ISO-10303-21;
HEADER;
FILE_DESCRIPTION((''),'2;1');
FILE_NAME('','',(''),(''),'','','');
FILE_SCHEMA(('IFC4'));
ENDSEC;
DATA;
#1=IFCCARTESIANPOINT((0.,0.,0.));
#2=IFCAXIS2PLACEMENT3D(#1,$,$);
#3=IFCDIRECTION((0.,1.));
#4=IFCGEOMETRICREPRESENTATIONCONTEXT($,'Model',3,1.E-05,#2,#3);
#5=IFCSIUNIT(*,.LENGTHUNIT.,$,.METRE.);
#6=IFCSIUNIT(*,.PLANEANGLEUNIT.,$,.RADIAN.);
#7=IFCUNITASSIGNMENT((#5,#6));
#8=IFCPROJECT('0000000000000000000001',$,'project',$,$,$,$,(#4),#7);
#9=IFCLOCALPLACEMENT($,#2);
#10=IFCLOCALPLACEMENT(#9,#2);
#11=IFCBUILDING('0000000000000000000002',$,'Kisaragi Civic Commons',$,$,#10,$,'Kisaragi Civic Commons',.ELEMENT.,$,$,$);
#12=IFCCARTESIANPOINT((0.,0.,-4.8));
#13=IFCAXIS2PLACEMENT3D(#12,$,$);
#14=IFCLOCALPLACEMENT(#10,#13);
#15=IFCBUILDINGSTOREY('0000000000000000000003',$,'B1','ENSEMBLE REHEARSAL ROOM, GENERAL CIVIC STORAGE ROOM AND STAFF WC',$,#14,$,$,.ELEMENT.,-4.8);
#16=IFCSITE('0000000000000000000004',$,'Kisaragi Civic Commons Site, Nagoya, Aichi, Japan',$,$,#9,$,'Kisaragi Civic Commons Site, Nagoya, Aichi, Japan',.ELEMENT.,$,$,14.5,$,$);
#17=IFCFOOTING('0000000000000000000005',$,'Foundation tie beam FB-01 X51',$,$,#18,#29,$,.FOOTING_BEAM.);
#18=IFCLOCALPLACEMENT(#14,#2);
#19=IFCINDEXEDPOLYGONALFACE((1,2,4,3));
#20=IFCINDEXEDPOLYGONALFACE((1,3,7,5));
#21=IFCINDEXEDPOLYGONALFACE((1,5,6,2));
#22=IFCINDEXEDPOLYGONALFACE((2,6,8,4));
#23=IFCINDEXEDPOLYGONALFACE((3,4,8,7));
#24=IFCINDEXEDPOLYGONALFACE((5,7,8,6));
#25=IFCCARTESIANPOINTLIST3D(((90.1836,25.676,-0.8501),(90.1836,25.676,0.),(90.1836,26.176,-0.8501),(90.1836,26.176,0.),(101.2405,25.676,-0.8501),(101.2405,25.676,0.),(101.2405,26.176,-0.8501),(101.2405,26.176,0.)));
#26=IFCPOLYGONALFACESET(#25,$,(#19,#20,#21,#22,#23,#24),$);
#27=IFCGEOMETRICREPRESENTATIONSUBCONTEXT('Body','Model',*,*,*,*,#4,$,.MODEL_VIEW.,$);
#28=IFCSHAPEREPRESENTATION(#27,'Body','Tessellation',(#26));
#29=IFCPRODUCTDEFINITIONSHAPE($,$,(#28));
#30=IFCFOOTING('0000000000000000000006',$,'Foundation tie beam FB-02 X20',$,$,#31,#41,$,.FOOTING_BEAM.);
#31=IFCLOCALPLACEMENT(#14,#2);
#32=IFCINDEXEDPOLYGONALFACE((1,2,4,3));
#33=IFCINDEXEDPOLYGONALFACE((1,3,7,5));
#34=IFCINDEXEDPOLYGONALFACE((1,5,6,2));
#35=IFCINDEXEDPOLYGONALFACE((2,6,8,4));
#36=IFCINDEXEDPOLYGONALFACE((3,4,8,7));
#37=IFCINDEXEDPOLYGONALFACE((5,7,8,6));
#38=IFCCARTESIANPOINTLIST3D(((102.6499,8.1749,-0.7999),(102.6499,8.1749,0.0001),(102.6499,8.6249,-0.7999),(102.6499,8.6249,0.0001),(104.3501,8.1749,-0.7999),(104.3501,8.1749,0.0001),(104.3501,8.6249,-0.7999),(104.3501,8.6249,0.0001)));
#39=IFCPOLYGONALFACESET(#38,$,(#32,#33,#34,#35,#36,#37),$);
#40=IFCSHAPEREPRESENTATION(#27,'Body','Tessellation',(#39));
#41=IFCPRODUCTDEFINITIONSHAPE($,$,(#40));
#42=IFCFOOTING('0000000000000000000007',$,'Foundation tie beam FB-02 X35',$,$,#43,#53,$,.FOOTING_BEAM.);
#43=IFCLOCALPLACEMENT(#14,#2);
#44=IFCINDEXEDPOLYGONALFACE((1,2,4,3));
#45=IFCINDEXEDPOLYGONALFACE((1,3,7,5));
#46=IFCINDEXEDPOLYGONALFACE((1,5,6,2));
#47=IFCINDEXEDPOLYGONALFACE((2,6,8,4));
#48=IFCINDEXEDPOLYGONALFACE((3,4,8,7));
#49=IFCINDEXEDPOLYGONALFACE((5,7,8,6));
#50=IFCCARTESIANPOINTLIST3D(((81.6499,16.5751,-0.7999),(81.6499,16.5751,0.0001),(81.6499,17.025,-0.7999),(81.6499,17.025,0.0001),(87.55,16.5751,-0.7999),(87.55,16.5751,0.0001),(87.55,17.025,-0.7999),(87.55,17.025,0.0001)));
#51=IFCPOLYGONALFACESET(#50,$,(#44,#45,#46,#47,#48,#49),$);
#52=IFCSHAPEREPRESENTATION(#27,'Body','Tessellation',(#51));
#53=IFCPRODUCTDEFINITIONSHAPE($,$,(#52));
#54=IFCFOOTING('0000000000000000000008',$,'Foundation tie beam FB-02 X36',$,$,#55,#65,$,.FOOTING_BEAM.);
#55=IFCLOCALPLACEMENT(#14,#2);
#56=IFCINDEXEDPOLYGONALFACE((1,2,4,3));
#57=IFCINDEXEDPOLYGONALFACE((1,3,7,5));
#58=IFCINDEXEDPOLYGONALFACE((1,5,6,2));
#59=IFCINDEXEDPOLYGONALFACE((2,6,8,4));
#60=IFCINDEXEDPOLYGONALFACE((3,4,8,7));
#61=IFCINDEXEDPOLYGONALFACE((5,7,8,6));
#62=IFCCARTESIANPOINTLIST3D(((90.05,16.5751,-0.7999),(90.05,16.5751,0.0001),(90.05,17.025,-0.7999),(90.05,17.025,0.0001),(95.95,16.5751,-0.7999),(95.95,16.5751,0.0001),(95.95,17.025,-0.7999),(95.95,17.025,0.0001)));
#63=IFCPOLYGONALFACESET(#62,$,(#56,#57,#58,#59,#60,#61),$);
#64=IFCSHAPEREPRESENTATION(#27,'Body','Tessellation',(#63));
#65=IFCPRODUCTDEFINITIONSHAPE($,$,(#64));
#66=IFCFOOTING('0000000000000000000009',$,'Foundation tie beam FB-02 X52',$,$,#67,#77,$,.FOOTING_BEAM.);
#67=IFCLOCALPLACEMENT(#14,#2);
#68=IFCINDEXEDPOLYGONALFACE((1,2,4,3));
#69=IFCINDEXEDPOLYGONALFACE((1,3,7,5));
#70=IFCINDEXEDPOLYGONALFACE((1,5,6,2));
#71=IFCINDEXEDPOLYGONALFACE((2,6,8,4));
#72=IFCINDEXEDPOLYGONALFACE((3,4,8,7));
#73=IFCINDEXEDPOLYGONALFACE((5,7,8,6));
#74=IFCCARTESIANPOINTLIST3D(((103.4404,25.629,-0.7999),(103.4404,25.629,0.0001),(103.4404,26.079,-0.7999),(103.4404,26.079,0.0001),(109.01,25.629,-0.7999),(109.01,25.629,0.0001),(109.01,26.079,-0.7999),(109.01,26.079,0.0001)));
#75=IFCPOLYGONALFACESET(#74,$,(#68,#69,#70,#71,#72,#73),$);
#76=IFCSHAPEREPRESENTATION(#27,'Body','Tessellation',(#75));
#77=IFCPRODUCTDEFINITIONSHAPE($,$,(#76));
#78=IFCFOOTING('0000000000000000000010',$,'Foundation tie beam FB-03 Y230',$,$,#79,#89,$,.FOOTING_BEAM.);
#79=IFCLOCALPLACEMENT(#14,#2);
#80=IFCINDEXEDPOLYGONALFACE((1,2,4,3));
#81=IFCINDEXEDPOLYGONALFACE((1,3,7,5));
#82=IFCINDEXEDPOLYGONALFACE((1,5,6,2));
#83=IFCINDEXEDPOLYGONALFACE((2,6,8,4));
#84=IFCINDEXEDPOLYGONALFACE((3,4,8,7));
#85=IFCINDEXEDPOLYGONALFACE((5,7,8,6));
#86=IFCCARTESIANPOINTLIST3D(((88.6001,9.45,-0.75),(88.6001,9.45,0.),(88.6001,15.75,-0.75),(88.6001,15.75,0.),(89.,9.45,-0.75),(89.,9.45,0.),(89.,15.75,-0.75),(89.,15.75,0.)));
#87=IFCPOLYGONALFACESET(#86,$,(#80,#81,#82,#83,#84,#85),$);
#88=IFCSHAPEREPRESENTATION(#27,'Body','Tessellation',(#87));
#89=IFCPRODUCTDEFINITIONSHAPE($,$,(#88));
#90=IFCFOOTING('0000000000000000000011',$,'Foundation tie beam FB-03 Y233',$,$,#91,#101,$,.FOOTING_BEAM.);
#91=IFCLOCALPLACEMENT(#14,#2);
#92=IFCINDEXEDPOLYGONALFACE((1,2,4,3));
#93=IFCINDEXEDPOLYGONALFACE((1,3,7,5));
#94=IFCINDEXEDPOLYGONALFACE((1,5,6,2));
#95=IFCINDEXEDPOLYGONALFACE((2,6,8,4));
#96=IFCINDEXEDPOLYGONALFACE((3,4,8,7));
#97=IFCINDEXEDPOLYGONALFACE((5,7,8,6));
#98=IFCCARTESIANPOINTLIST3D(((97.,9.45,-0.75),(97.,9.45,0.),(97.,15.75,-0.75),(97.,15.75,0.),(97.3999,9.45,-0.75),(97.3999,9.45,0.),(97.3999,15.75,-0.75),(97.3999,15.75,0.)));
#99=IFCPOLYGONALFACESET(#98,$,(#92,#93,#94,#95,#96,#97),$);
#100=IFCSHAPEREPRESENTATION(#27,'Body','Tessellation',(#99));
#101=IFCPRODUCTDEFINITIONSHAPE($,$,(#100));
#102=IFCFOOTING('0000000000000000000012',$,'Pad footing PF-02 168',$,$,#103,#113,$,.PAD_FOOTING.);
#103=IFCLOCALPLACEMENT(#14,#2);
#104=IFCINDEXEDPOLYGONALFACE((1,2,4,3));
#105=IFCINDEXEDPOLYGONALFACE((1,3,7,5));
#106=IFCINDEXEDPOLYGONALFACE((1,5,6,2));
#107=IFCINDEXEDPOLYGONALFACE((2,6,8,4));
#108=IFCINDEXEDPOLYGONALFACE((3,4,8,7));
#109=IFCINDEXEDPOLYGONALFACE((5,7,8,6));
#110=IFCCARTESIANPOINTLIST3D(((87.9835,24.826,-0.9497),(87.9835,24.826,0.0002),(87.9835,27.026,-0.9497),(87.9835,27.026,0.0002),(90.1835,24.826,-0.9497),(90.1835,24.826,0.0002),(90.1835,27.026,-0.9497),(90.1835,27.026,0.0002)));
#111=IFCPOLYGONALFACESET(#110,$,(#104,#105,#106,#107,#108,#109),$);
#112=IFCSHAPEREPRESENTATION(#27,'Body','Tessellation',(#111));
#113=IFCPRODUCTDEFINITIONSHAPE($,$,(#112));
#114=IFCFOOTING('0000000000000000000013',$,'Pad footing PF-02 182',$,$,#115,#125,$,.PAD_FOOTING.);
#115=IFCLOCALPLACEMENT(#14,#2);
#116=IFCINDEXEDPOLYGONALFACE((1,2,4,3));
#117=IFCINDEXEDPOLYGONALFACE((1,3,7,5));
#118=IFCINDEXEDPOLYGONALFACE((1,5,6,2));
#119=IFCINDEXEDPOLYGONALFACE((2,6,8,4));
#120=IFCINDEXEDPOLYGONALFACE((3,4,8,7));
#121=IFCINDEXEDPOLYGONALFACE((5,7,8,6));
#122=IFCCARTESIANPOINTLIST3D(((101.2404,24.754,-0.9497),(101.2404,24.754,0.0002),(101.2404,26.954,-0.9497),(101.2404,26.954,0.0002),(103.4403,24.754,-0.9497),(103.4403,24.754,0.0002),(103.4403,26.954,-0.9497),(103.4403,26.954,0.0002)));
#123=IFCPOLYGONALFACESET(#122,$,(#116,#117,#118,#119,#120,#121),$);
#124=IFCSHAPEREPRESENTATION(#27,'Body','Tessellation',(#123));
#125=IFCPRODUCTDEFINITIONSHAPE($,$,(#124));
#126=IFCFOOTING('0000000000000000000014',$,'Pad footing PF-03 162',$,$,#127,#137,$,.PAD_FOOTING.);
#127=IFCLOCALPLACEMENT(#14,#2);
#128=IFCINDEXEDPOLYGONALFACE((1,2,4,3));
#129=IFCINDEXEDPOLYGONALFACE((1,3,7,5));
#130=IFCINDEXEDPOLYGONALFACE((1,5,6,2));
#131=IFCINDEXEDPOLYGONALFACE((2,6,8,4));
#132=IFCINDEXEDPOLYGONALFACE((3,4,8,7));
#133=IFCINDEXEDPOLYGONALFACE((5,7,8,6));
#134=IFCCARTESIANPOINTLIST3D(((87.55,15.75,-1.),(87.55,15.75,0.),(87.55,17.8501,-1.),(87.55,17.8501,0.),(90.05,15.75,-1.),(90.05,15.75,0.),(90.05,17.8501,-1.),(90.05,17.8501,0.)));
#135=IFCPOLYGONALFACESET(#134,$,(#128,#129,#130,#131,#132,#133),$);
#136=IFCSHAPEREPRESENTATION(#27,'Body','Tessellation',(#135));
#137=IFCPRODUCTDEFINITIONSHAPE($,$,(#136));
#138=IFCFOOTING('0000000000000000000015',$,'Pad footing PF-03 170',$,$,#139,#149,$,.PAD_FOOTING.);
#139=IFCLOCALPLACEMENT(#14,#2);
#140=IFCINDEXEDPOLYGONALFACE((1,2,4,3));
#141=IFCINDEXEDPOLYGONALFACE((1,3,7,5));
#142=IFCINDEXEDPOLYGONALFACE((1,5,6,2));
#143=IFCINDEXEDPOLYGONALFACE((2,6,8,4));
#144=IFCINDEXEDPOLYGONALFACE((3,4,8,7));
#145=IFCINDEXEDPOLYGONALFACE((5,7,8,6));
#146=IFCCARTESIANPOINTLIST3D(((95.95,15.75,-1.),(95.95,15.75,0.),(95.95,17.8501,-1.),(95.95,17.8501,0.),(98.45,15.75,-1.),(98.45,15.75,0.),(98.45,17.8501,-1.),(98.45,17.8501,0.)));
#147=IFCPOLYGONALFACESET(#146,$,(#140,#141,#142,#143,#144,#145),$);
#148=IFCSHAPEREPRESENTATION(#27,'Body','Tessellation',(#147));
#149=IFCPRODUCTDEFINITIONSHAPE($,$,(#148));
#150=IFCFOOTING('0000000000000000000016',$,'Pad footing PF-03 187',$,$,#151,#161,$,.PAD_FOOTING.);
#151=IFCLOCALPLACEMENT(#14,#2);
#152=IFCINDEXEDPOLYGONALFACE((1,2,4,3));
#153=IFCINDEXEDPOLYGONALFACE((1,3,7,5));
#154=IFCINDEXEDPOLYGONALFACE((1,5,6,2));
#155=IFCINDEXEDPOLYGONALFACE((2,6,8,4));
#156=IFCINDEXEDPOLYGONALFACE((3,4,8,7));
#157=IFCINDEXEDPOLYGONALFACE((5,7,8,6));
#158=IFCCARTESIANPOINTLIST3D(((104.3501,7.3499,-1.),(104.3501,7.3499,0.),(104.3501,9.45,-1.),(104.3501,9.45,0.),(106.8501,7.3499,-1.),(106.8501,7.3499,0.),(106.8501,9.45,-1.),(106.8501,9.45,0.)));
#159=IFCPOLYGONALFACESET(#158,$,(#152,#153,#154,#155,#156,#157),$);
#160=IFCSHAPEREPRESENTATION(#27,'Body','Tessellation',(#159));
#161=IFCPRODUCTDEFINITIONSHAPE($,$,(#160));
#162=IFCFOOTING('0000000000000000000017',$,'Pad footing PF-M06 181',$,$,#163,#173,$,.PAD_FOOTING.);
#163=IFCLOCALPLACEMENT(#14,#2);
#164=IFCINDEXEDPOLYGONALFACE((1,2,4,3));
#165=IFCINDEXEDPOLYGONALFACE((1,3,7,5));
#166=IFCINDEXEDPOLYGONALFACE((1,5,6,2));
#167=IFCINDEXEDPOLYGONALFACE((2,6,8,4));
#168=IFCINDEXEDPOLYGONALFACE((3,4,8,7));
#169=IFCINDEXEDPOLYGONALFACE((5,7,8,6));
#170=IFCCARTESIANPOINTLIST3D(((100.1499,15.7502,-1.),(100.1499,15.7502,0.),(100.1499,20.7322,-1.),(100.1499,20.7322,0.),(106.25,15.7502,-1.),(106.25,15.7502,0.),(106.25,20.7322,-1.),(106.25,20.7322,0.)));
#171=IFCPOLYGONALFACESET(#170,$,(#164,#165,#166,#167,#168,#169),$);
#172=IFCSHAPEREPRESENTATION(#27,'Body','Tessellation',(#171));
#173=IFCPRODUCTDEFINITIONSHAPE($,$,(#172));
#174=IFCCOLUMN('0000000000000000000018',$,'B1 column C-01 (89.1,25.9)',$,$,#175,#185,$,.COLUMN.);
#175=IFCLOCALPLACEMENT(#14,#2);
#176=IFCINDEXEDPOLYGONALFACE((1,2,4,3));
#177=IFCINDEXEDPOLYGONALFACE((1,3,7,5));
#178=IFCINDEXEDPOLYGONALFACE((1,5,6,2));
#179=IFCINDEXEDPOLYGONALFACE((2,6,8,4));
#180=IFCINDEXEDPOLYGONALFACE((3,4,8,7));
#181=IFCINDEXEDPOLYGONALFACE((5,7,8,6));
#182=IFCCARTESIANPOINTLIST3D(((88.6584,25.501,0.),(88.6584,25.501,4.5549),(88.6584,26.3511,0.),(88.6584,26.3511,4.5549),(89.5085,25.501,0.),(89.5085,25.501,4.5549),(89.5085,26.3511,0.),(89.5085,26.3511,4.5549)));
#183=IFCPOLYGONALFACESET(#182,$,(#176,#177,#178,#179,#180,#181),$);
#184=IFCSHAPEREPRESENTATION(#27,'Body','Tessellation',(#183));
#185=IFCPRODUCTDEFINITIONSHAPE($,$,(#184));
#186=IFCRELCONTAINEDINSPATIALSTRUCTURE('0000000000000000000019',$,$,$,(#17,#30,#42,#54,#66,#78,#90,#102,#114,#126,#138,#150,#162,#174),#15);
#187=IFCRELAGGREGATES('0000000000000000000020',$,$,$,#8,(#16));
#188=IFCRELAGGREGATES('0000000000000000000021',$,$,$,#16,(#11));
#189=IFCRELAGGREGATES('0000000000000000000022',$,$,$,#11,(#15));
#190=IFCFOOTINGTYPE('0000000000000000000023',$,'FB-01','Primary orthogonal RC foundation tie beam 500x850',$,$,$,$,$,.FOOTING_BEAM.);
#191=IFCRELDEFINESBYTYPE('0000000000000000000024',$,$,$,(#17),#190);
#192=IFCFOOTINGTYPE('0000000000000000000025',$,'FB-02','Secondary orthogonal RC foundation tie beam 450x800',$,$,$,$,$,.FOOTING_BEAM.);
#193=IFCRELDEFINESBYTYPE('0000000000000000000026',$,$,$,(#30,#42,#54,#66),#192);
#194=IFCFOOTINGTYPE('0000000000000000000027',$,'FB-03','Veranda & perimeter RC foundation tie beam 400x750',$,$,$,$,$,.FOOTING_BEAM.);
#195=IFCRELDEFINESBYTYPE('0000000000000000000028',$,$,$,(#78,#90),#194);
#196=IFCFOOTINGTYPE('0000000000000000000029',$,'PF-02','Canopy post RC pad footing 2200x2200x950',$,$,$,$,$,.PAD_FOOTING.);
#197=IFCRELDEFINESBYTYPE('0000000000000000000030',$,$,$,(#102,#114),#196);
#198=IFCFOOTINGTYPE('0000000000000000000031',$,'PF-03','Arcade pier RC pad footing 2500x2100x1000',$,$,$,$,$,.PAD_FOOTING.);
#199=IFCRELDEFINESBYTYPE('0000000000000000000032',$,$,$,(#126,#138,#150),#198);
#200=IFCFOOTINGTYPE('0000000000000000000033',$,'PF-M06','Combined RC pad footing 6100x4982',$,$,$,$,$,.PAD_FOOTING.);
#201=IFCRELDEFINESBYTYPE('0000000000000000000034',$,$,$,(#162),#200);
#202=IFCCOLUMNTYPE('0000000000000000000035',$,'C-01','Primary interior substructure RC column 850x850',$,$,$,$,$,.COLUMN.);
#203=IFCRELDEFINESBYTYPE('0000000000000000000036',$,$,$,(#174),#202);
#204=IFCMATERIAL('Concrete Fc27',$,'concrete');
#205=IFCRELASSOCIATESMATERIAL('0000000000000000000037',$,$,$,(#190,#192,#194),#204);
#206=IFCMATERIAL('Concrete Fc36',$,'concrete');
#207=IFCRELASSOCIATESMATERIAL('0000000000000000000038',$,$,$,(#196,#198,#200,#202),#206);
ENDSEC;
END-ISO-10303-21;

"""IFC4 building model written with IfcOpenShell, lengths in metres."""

from ifc_helpers import new_model, si_unit, direction, frame, origin, origin_2d, place, context, subcontext, project, spatial, rectangle, extrude, material, material_profile, profile_set, type_object, element, save


model = new_model("IFC4")

# Units and contexts
model_context = context("Model", 3, precision=1e-05, world=origin(), true_north=direction((0.0, 1.0)))
body_context = subcontext(model_context, "Body", "Model", "MODEL_VIEW")
ifc_project = project(units=[si_unit("LENGTHUNIT", "METRE"), si_unit("PLANEANGLEUNIT", "RADIAN")], contexts=[model_context])

# Site, building, storey
site_placement = place(None, origin())
site = spatial("IfcSite", under=ifc_project, at=site_placement, Name="Kisaragi Civic Commons Site, Nagoya, Aichi, Japan", LongName="Kisaragi Civic Commons Site, Nagoya, Aichi, Japan", CompositionType="ELEMENT", RefElevation=14.5)
building_placement = place(site_placement, origin())
building = spatial("IfcBuilding", under=site, at=building_placement, Name="Kisaragi Civic Commons", LongName="Kisaragi Civic Commons", CompositionType="ELEMENT")
storey_placement = place(building_placement, frame((0.0, 0.0, -4.8)))
storey = spatial("IfcBuildingStorey", under=building, at=storey_placement, Name="B1", Description="ENSEMBLE REHEARSAL ROOM, GENERAL CIVIC STORAGE ROOM AND STAFF WC", CompositionType="ELEMENT", Elevation=-4.8)

# Footings
ifc_material_1 = material(Name="Concrete Fc27", Category="concrete")
ifc_material_profile_1 = material_profile(ifc_material_1, rectangle(XDim=0.5, YDim=0.8501, at=origin_2d()), Name="RC-500x850", Category="concrete")
ifc_profile_set_1 = profile_set([ifc_material_profile_1], Name="Concrete Fc27")
footing_type_1 = type_object("IfcFootingType", Name="FB-01", Description="Primary orthogonal RC foundation tie beam 500x850", PredefinedType="FOOTING_BEAM", material=ifc_profile_set_1)
footing_1_placement = place(storey_placement, frame((90.1836, 25.926, -0.425), z_axis=(1.0, 0.0, 0.0), x_axis=(0.0, 1.0, 0.0)))
element("IfcFooting", 1, at=footing_1_placement, inside=storey, type_object=footing_type_1, Name="Foundation tie beam FB-01 X51", PredefinedType="FOOTING_BEAM", context=body_context, shape_type="SweptSolid", body=[
    extrude(rectangle(XDim=0.5, YDim=0.8501, at=origin_2d()), origin(), (0.0, 0.0, 1.0), 11.0569),
])
ifc_material_profile_2 = material_profile(ifc_material_1, rectangle(XDim=0.45, YDim=0.8, at=origin_2d()), Name="RC-450x800", Category="concrete")
ifc_profile_set_2 = profile_set([ifc_material_profile_2], Name="Concrete Fc27")
footing_type_2 = type_object("IfcFootingType", Name="FB-02", Description="Secondary orthogonal RC foundation tie beam 450x800", PredefinedType="FOOTING_BEAM", material=ifc_profile_set_2)
footing_2_placement = place(storey_placement, frame((102.6499, 8.3999, -0.3999), z_axis=(1.0, 0.0, 0.0), x_axis=(0.0, 1.0, 0.0)))
element("IfcFooting", 2, at=footing_2_placement, inside=storey, type_object=footing_type_2, Name="Foundation tie beam FB-02 X20", PredefinedType="FOOTING_BEAM", context=body_context, shape_type="SweptSolid", body=[
    extrude(rectangle(XDim=0.45, YDim=0.8, at=origin_2d()), origin(), (0.0, 0.0, 1.0), 1.7002),
])
footing_3_placement = place(storey_placement, frame((81.6499, 16.8, -0.3999), z_axis=(1.0, 0.0, 0.0), x_axis=(0.0, 1.0, 0.0)))
element("IfcFooting", 3, at=footing_3_placement, inside=storey, type_object=footing_type_2, Name="Foundation tie beam FB-02 X35", PredefinedType="FOOTING_BEAM", context=body_context, shape_type="SweptSolid", body=[
    extrude(rectangle(XDim=0.45, YDim=0.8, at=origin_2d()), origin(), (0.0, 0.0, 1.0), 5.9001),
])
footing_4_placement = place(storey_placement, frame((90.05, 16.8, -0.3999), z_axis=(1.0, 0.0, 0.0), x_axis=(0.0, 1.0, 0.0)))
element("IfcFooting", 4, at=footing_4_placement, inside=storey, type_object=footing_type_2, Name="Foundation tie beam FB-02 X36", PredefinedType="FOOTING_BEAM", context=body_context, shape_type="SweptSolid", body=[
    extrude(rectangle(XDim=0.45, YDim=0.8, at=origin_2d()), origin(), (0.0, 0.0, 1.0), 5.8999),
])
footing_5_placement = place(storey_placement, frame((103.4404, 25.854, -0.3999), z_axis=(1.0, 0.0, 0.0), x_axis=(0.0, 1.0, 0.0)))
element("IfcFooting", 5, at=footing_5_placement, inside=storey, type_object=footing_type_2, Name="Foundation tie beam FB-02 X52", PredefinedType="FOOTING_BEAM", context=body_context, shape_type="SweptSolid", body=[
    extrude(rectangle(XDim=0.45, YDim=0.8, at=origin_2d()), origin(), (0.0, 0.0, 1.0), 5.5696),
])
ifc_material_profile_3 = material_profile(ifc_material_1, rectangle(XDim=0.3999, YDim=0.75, at=origin_2d()), Name="RC-400x750", Category="concrete")
ifc_profile_set_3 = profile_set([ifc_material_profile_3], Name="Concrete Fc27")
footing_type_3 = type_object("IfcFootingType", Name="FB-03", Description="Veranda & perimeter RC foundation tie beam 400x750", PredefinedType="FOOTING_BEAM", material=ifc_profile_set_3)
for number, where, z_axis, x_axis, name in (
    (6, (88.8, 9.45, -0.375), (0.0, 1.0, 0.0), (-1.0, 0.0, 0.0), "Foundation tie beam FB-03 Y230"),
    (7, (97.2, 9.45, -0.375), (0.0, 1.0, 0.0), (-1.0, 0.0, 0.0), "Foundation tie beam FB-03 Y233"),
):
    element("IfcFooting", number, at=place(storey_placement, frame(where, z_axis=z_axis, x_axis=x_axis)), inside=storey, type_object=footing_type_3, Name=name, PredefinedType="FOOTING_BEAM", context=body_context, shape_type="SweptSolid", body=[
        extrude(rectangle(XDim=0.3999, YDim=0.75, at=origin_2d()), origin(), (0.0, 0.0, 1.0), 6.3),
    ])
ifc_material_2 = material(Name="Concrete Fc36", Category="concrete")
footing_type_4 = type_object("IfcFootingType", Name="PF-02", Description="Canopy post RC pad footing 2200x2200x950", PredefinedType="PAD_FOOTING", material=ifc_material_2)
for number, where, z_axis, x_axis, name in (
    (8, (89.0835, 25.926, -0.9497), (0.0, 0.0, 1.0), (1.0, 0.0, 0.0), "Pad footing PF-02 168"),
    (9, (102.3403, 25.854, -0.9497), (0.0, 0.0, 1.0), (1.0, 0.0, 0.0), "Pad footing PF-02 182"),
):
    element("IfcFooting", number, at=place(storey_placement, frame(where, z_axis=z_axis, x_axis=x_axis)), inside=storey, type_object=footing_type_4, Name=name, PredefinedType="PAD_FOOTING", context=body_context, shape_type="SweptSolid", body=[
        extrude(rectangle(XDim=2.2, YDim=2.2, at=origin_2d()), origin(), (0.0, 0.0, 1.0), 0.95),
    ])
footing_type_5 = type_object("IfcFootingType", Name="PF-03", Description="Arcade pier RC pad footing 2500x2100x1000", PredefinedType="PAD_FOOTING", material=ifc_material_2)
for number, where, z_axis, x_axis, name in (
    (10, (88.8, 16.8, -1.0), (0.0, 0.0, 1.0), (1.0, 0.0, 0.0), "Pad footing PF-03 162"),
    (11, (97.2, 16.8, -1.0), (0.0, 0.0, 1.0), (1.0, 0.0, 0.0), "Pad footing PF-03 170"),
    (12, (105.6001, 8.3999, -1.0), (0.0, 0.0, 1.0), (1.0, 0.0, 0.0), "Pad footing PF-03 187"),
):
    element("IfcFooting", number, at=place(storey_placement, frame(where, z_axis=z_axis, x_axis=x_axis)), inside=storey, type_object=footing_type_5, Name=name, PredefinedType="PAD_FOOTING", context=body_context, shape_type="SweptSolid", body=[
        extrude(rectangle(XDim=2.5, YDim=2.1001, at=origin_2d()), origin(), (0.0, 0.0, 1.0), 1.0),
    ])
footing_type_6 = type_object("IfcFootingType", Name="PF-M06", Description="Combined RC pad footing 6100x4982", PredefinedType="PAD_FOOTING", material=ifc_material_2)
footing_6_placement = place(storey_placement, frame((103.2, 18.2412, -1.0), z_axis=(0.0, 0.0, 1.0), x_axis=(1.0, 0.0, 0.0)))
element("IfcFooting", 13, at=footing_6_placement, inside=storey, type_object=footing_type_6, Name="Pad footing PF-M06 181", PredefinedType="PAD_FOOTING", context=body_context, shape_type="SweptSolid", body=[
    extrude(rectangle(XDim=6.1001, YDim=4.9819, at=origin_2d()), origin(), (0.0, 0.0, 1.0), 1.0),
])

# Column
ifc_material_profile_4 = material_profile(ifc_material_2, rectangle(XDim=0.8501, YDim=0.8501, at=origin_2d()), Name="RC-850x850", Category="concrete")
ifc_profile_set_4 = profile_set([ifc_material_profile_4], Name="Concrete Fc36")
column_type_1 = type_object("IfcColumnType", Name="C-01", Description="Primary interior substructure RC column 850x850", PredefinedType="COLUMN", material=ifc_profile_set_4)
column_1_placement = place(storey_placement, frame((89.0835, 25.926, 0.0), z_axis=(0.0, 0.0, 1.0), x_axis=(1.0, 0.0, 0.0)))
element("IfcColumn", 14, at=column_1_placement, inside=storey, type_object=column_type_1, Name="B1 column C-01 (89.1,25.9)", PredefinedType="COLUMN", context=body_context, shape_type="SweptSolid", body=[
    extrude(rectangle(XDim=0.8501, YDim=0.8501, at=origin_2d()), origin(), (0.0, 0.0, 1.0), 4.5549),
])

save(model, "model.ifc")
